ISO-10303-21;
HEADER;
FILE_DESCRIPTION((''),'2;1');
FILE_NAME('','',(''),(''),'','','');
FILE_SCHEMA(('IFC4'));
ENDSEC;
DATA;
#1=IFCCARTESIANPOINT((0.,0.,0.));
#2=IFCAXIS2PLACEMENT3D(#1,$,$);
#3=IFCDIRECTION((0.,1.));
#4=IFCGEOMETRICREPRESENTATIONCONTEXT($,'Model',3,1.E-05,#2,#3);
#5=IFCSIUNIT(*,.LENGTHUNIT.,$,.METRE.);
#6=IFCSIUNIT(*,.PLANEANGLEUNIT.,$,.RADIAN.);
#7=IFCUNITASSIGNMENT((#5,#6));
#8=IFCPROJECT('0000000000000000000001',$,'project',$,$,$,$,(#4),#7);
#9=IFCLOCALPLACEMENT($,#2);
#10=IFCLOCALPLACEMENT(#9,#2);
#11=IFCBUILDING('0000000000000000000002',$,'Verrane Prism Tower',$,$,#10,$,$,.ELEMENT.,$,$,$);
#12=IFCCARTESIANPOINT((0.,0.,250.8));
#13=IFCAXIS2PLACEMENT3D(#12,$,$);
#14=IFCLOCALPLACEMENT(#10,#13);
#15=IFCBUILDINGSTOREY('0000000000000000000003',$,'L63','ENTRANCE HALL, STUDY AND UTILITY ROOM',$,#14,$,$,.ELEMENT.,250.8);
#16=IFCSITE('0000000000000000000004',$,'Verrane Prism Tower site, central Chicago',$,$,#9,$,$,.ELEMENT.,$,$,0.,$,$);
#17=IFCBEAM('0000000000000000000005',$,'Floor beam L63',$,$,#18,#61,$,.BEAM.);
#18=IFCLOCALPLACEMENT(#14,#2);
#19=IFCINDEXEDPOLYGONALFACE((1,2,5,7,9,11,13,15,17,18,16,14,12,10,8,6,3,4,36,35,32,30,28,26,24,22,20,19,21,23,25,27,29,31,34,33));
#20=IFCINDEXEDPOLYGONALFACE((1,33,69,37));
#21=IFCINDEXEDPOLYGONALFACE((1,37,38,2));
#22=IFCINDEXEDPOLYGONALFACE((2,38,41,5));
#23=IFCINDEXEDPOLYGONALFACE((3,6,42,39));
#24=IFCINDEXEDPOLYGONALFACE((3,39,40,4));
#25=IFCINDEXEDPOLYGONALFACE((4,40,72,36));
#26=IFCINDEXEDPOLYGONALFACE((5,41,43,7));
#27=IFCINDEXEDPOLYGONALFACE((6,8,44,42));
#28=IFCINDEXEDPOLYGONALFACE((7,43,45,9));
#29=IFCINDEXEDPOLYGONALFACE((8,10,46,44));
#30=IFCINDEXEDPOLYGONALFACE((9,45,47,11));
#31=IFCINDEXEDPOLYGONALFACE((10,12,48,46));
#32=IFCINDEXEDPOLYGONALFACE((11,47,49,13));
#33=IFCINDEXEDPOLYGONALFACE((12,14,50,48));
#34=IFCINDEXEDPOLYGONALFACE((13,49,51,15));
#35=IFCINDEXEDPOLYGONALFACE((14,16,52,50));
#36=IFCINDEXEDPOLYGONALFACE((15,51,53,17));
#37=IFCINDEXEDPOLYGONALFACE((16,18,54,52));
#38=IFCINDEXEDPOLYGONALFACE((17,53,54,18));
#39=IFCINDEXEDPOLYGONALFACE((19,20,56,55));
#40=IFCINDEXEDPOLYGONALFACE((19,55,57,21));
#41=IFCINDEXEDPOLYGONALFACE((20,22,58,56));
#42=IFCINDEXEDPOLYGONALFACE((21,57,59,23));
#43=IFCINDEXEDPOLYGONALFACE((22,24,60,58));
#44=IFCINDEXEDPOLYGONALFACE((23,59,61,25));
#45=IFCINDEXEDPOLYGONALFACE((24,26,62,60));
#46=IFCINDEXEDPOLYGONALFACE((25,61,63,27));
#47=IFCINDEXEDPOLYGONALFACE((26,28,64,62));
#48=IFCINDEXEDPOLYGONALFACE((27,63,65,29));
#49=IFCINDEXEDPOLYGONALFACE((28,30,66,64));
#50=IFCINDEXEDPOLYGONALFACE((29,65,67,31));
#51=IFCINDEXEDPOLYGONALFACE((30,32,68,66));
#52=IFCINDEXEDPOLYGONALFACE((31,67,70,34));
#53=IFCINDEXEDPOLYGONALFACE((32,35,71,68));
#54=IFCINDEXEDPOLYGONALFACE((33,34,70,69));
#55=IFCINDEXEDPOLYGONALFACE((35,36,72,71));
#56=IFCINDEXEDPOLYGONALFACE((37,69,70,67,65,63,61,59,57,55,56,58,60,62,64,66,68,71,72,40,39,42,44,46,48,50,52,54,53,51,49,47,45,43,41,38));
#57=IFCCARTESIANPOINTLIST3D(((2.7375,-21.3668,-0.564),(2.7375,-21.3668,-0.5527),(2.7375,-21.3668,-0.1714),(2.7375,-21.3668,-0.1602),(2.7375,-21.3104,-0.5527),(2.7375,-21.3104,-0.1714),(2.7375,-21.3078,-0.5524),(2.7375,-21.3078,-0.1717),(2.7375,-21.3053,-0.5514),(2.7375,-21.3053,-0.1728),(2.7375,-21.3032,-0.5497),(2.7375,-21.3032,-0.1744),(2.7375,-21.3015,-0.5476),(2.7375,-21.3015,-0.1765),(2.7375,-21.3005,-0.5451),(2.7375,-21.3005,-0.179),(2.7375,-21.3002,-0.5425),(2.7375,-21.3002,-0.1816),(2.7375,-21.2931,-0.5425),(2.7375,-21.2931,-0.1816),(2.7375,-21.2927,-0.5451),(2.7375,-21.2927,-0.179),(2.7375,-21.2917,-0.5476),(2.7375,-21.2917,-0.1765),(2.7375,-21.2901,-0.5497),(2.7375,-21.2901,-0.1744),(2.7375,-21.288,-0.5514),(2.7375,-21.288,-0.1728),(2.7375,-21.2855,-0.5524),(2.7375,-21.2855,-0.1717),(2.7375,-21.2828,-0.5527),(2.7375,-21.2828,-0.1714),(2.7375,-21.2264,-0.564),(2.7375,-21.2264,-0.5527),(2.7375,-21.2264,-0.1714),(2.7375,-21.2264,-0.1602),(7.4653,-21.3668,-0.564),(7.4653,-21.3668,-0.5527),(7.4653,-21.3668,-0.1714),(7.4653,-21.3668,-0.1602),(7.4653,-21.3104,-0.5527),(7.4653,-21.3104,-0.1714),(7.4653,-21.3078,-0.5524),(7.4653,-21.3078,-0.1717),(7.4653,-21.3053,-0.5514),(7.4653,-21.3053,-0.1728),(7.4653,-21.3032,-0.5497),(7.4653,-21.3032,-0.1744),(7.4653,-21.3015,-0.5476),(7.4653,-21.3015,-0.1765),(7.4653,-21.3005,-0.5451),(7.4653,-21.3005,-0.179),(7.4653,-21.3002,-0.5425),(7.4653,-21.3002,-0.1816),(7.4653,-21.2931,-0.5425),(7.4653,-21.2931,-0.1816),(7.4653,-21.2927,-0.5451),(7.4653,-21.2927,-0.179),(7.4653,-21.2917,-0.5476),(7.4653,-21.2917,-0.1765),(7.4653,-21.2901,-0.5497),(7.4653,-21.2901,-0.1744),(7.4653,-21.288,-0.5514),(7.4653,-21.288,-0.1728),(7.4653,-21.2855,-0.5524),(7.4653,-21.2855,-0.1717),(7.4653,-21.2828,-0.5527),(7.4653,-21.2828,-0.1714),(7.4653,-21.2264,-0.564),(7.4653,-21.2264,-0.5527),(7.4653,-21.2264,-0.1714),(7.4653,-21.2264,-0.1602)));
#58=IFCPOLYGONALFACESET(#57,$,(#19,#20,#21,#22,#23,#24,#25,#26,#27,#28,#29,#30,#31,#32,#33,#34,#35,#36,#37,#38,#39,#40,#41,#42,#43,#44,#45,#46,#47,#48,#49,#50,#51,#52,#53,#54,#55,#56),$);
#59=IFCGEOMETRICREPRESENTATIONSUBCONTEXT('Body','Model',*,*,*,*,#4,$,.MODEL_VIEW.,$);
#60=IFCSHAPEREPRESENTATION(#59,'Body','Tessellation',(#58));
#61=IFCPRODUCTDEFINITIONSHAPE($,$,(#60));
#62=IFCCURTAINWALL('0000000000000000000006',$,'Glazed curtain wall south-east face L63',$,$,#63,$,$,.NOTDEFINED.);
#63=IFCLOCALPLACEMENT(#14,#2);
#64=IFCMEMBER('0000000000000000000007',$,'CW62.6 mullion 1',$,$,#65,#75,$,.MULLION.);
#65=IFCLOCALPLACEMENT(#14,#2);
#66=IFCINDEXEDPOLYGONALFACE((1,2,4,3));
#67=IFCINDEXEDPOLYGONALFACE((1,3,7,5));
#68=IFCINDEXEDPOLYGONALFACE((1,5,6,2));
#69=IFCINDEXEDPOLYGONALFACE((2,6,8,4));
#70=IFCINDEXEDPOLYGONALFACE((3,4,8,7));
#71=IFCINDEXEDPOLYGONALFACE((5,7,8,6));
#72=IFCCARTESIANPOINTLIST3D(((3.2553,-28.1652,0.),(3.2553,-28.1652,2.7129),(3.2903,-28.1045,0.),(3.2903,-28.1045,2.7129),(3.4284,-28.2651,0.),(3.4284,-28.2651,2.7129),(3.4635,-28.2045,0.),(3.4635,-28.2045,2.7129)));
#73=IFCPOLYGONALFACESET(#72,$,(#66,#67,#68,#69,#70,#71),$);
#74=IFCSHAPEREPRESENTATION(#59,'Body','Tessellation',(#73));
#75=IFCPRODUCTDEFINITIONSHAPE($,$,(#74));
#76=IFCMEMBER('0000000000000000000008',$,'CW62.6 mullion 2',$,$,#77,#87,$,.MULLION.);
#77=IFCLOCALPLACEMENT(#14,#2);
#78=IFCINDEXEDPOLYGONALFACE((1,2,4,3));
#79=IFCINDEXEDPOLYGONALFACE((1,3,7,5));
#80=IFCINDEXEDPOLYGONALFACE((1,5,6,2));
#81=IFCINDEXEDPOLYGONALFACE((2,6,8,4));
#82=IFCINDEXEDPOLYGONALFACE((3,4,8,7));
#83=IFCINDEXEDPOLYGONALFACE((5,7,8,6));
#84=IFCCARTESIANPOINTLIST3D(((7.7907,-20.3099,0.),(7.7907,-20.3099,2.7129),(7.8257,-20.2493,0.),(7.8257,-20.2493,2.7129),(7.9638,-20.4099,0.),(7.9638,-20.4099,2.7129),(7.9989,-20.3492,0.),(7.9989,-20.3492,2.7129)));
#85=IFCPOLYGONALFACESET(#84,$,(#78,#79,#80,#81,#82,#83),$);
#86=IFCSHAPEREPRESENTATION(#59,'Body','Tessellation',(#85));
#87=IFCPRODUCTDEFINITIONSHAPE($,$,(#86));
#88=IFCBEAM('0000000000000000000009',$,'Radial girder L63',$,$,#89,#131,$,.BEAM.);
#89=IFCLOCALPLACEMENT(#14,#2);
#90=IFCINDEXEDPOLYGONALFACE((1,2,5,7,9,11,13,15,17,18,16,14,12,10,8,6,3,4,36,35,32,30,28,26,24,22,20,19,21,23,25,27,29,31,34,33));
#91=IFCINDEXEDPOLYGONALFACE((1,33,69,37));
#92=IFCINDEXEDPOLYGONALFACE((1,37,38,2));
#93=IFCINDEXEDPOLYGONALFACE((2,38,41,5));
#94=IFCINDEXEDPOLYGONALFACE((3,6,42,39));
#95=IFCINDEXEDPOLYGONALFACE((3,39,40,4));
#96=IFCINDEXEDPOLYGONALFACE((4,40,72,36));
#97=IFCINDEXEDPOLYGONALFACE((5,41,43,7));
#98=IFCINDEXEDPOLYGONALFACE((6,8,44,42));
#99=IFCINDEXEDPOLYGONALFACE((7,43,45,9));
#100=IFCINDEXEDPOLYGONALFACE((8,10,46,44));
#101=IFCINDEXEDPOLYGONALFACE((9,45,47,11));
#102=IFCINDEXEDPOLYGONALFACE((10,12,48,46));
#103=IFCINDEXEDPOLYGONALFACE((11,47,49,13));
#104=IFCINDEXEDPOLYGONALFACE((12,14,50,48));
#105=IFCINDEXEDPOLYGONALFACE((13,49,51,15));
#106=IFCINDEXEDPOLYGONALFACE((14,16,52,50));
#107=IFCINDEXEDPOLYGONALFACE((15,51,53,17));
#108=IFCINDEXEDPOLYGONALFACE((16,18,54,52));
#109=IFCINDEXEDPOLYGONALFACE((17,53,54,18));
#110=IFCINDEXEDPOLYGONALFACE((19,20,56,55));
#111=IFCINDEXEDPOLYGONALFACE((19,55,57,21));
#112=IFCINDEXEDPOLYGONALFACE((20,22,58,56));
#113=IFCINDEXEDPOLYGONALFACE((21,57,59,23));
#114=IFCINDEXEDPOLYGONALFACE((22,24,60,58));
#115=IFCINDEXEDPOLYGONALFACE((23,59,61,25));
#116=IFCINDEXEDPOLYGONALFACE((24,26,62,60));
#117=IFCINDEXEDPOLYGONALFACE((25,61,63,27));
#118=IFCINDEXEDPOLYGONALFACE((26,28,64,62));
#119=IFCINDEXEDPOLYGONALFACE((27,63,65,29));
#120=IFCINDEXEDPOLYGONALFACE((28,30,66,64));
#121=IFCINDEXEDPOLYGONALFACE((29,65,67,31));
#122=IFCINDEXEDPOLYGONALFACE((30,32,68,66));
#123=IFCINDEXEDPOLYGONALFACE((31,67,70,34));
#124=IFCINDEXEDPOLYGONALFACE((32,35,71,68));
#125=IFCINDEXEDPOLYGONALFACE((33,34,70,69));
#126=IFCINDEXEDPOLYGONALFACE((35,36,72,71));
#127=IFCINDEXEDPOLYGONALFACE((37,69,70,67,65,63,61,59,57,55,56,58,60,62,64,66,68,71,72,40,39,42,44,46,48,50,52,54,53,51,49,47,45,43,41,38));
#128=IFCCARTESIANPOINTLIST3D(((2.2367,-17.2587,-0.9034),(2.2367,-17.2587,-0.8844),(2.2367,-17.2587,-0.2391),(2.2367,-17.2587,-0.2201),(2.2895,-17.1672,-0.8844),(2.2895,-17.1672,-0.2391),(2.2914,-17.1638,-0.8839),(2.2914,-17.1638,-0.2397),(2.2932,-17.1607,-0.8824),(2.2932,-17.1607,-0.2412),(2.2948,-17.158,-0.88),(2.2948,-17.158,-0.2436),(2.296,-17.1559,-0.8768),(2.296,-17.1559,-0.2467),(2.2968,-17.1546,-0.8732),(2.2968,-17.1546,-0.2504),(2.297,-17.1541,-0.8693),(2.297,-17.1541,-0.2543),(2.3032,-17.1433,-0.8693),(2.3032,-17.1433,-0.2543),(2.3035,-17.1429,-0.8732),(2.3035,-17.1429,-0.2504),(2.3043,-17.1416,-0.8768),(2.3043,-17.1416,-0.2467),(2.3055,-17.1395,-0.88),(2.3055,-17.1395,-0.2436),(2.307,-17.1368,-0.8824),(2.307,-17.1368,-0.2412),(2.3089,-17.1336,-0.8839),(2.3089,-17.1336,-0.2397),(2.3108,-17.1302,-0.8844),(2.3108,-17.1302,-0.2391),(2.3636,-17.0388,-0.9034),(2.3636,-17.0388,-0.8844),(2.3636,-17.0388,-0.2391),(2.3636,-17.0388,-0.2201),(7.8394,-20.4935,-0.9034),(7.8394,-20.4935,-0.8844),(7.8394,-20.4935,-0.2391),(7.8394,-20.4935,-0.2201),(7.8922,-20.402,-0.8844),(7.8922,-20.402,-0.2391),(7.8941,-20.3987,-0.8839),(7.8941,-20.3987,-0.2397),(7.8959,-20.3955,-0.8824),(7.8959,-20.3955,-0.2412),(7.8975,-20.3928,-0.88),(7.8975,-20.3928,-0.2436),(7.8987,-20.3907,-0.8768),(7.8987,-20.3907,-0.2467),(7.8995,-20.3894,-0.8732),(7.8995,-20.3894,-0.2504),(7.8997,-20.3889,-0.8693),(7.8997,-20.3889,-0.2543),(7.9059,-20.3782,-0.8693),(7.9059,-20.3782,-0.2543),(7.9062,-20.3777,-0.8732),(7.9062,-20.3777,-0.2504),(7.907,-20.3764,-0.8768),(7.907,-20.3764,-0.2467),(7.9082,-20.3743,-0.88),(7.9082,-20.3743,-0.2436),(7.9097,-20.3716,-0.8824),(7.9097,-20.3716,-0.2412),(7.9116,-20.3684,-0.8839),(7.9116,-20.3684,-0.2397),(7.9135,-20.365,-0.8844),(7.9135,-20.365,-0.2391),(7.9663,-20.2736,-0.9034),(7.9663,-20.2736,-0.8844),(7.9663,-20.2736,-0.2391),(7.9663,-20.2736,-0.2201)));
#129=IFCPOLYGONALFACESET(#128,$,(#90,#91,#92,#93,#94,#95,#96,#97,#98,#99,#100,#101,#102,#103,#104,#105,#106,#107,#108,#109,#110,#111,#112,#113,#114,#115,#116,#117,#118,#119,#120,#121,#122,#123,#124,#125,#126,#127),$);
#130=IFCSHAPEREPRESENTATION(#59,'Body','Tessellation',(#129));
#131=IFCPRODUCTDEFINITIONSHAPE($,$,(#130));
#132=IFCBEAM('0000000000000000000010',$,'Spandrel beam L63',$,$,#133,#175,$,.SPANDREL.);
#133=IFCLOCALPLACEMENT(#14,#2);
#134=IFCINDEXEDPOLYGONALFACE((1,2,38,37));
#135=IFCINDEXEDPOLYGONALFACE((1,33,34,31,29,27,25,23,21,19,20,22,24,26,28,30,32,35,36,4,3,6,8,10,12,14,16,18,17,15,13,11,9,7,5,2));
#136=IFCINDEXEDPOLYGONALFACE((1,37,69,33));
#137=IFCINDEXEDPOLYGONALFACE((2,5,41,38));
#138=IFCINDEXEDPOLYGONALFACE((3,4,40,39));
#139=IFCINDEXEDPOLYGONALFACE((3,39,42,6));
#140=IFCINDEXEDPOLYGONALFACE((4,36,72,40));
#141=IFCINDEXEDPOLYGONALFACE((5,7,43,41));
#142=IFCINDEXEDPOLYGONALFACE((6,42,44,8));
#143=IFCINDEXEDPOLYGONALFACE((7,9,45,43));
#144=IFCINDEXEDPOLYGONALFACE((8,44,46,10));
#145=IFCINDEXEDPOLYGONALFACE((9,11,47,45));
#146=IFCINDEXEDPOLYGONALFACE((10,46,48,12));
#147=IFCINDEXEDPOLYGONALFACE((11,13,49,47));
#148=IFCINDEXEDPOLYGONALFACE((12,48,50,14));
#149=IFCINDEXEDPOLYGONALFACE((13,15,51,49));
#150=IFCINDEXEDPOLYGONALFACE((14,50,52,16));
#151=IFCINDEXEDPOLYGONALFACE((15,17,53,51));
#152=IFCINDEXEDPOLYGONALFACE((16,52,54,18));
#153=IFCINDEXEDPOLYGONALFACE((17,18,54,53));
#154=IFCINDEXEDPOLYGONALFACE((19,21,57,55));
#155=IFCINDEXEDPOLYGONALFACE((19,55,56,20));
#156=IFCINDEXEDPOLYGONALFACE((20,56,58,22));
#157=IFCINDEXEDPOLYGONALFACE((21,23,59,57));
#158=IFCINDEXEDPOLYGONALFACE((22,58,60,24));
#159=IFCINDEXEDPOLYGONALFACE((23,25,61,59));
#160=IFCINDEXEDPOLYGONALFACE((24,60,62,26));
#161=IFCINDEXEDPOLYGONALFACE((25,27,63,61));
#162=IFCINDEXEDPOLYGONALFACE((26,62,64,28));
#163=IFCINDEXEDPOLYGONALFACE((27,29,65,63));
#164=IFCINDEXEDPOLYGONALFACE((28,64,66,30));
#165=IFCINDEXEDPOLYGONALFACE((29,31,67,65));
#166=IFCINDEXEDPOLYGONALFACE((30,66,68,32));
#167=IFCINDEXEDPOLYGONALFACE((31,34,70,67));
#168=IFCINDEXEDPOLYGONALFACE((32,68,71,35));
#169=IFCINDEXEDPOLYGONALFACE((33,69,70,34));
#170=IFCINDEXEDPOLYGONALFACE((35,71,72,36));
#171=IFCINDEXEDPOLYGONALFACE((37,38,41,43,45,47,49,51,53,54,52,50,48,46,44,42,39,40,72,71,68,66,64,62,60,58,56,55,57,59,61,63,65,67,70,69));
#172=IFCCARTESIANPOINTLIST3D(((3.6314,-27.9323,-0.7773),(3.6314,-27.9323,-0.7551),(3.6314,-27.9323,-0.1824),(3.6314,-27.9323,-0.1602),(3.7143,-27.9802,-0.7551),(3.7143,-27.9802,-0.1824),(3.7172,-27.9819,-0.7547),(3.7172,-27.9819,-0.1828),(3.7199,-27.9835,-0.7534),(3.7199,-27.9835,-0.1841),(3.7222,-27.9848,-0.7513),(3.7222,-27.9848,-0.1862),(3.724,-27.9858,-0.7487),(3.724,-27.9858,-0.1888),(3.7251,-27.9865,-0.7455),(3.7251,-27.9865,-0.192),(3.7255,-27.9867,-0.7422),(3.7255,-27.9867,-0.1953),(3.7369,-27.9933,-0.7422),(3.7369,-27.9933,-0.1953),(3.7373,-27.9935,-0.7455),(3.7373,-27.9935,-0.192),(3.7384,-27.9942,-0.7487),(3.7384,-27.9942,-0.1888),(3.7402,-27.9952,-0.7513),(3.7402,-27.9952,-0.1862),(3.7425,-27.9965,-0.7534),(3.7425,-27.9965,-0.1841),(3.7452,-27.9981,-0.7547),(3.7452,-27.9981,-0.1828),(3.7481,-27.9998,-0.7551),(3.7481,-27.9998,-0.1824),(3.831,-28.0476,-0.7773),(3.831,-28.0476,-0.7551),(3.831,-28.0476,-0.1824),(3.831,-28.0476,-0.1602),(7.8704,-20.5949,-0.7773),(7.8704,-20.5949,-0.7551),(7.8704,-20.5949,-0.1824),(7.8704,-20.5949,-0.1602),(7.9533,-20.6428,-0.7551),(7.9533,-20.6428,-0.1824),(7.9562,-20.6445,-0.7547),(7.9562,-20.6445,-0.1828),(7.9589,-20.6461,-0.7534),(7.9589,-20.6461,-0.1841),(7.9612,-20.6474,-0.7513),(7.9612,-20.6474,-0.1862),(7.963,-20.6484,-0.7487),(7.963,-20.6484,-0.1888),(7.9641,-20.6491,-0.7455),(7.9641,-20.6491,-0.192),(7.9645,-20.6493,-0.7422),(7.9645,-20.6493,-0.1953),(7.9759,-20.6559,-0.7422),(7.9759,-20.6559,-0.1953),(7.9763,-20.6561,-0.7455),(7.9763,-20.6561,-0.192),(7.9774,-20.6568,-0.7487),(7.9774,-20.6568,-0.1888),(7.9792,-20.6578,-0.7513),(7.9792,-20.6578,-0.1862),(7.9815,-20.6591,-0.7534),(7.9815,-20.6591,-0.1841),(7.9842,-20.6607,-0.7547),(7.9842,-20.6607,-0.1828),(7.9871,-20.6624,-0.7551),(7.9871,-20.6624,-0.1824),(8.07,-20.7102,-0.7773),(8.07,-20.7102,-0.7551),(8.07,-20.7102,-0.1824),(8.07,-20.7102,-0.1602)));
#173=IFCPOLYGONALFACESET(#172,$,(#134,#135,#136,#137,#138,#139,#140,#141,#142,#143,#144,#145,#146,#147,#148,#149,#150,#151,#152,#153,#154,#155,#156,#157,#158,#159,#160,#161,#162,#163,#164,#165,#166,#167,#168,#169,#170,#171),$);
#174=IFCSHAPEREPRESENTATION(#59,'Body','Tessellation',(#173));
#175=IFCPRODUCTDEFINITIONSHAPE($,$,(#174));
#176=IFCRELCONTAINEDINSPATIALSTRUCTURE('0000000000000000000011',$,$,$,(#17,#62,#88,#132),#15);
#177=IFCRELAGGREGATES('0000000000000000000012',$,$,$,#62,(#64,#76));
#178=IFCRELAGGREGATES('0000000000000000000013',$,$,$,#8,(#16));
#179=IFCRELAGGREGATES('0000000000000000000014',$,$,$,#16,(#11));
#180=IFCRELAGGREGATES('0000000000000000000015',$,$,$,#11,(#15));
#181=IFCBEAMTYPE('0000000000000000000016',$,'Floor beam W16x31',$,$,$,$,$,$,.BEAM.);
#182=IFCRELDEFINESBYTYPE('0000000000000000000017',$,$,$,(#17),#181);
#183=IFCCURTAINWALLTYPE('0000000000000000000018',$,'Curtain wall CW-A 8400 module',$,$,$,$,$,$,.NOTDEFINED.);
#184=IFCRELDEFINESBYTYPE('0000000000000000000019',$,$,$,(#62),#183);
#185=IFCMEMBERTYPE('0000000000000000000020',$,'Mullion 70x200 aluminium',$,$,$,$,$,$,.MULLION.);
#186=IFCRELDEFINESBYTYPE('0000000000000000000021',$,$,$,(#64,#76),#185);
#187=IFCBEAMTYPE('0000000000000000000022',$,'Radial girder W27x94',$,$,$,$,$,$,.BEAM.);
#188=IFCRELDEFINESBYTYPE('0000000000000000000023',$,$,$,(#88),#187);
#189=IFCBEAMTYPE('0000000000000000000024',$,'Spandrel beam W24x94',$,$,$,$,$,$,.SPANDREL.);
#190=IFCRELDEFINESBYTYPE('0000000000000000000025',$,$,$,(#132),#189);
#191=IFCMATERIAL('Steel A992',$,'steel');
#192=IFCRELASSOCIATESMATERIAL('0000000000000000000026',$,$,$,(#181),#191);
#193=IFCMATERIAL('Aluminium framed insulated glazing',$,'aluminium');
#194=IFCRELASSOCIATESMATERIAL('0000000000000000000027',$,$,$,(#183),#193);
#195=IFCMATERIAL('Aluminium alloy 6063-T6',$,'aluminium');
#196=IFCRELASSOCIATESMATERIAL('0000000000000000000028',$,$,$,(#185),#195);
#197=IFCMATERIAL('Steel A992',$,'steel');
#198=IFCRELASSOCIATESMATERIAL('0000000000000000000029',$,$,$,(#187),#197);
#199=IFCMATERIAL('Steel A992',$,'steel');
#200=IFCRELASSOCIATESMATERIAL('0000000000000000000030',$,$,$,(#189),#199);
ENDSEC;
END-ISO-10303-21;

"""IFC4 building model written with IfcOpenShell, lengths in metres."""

from ifc_helpers import new_model, si_unit, direction, frame, origin, origin_2d, place, context, subcontext, project, spatial, rectangle, i_section, extrude, material, material_profile, profile_set, type_object, element, aggregate, save


model = new_model("IFC4")

# Units and contexts
model_context = context("Model", 3, precision=1e-05, world=origin(), true_north=direction((0.0, 1.0)))
body_context = subcontext(model_context, "Body", "Model", "MODEL_VIEW")
ifc_project = project(units=[si_unit("LENGTHUNIT", "METRE"), si_unit("PLANEANGLEUNIT", "RADIAN")], contexts=[model_context])

# Site, building, storey
site_placement = place(None, origin())
site = spatial("IfcSite", under=ifc_project, at=site_placement, Name="Verrane Prism Tower site, central Chicago", CompositionType="ELEMENT", RefElevation=0.0)
building_placement = place(site_placement, origin())
building = spatial("IfcBuilding", under=site, at=building_placement, Name="Verrane Prism Tower", CompositionType="ELEMENT")
storey_placement = place(building_placement, frame((0.0, 0.0, 250.8)))
storey = spatial("IfcBuildingStorey", under=building, at=storey_placement, Name="L63", Description="ENTRANCE HALL, STUDY AND UTILITY ROOM", CompositionType="ELEMENT", Elevation=250.8)

# Beam
ifc_material_1 = material(Name="Steel A992", Category="steel")
ifc_material_profile_1 = material_profile(ifc_material_1, i_section(OverallWidth=0.1404, OverallDepth=0.4038, WebThickness=0.0071, FlangeThickness=0.0112, FilletRadius=0.0103, at=origin_2d()), Name="W16x31")
ifc_profile_set_1 = profile_set([ifc_material_profile_1], Name="Steel A992")
beam_type_1 = type_object("IfcBeamType", Name="Floor beam W16x31", PredefinedType="BEAM", material=ifc_profile_set_1)
beam_1_placement = place(storey_placement, frame((2.7375, -21.2966, -0.3621), z_axis=(1.0, 0.0, 0.0), x_axis=(0.0, 1.0, 0.0)))
element("IfcBeam", 1, at=beam_1_placement, inside=storey, type_object=beam_type_1, Name="Floor beam L63", PredefinedType="BEAM", context=body_context, shape_type="SweptSolid", body=[
    extrude(i_section(OverallWidth=0.1404, OverallDepth=0.4038, WebThickness=0.0071, FlangeThickness=0.0112, FilletRadius=0.0103, at=origin_2d()), origin(), (0.0, 0.0, 1.0), 4.7278),
])

# Curtain wall, members
ifc_material_2 = material(Name="Aluminium framed insulated glazing", Category="aluminium")
curtain_wall_type_1 = type_object("IfcCurtainWallType", Name="Curtain wall CW-A 8400 module", PredefinedType="NOTDEFINED", material=ifc_material_2)
curtain_wall_1_placement = place(storey_placement, origin())
curtain_wall_1 = element("IfcCurtainWall", 2, at=curtain_wall_1_placement, inside=storey, type_object=curtain_wall_type_1, Name="Glazed curtain wall south-east face L63", PredefinedType="NOTDEFINED")
ifc_material_3 = material(Name="Aluminium alloy 6063-T6", Category="aluminium")
ifc_material_profile_2 = material_profile(ifc_material_3, rectangle(XDim=0.2, YDim=0.0701, at=origin_2d()), Name="Mullion 70x200 aluminium")
ifc_profile_set_2 = profile_set([ifc_material_profile_2], Name="Aluminium alloy 6063-T6")
member_type_1 = type_object("IfcMemberType", Name="Mullion 70x200 aluminium", PredefinedType="MULLION", material=ifc_profile_set_2)
member_1_placement = place(storey_placement, frame((3.3594, -28.1848, 0.0), z_axis=(0.0, 0.0, 1.0), x_axis=(-0.866026, 0.5, 0.0)))
member_1 = element("IfcMember", 3, at=member_1_placement, type_object=member_type_1, Name="CW62.6 mullion 1", PredefinedType="MULLION", context=body_context, shape_type="SweptSolid", body=[
    extrude(rectangle(XDim=0.2, YDim=0.0701, at=origin_2d()), origin(), (0.0, 0.0, 1.0), 2.7129),
])
member_2_placement = place(storey_placement, frame((7.8948, -20.3296, 0.0), z_axis=(0.0, 0.0, 1.0), x_axis=(-0.866026, 0.5, 0.0)))
member_2 = element("IfcMember", 4, at=member_2_placement, type_object=member_type_1, Name="CW62.6 mullion 2", PredefinedType="MULLION", context=body_context, shape_type="SweptSolid", body=[
    extrude(rectangle(XDim=0.2, YDim=0.0701, at=origin_2d()), origin(), (0.0, 0.0, 1.0), 2.7129),
])

# Beams
ifc_material_4 = material(Name="Steel A992", Category="steel")
ifc_material_profile_3 = material_profile(ifc_material_4, i_section(OverallWidth=0.2539, OverallDepth=0.6833, WebThickness=0.0125, FlangeThickness=0.019, FilletRadius=0.0151, at=origin_2d()), Name="W27x94")
ifc_profile_set_3 = profile_set([ifc_material_profile_3], Name="Steel A992")
beam_type_2 = type_object("IfcBeamType", Name="Radial girder W27x94", PredefinedType="BEAM", material=ifc_profile_set_3)
beam_2_placement = place(storey_placement, frame((7.9028, -20.3835, -0.5618), z_axis=(-0.866019, 0.500011, 0.0), x_axis=(-0.500011, -0.866019, 0.0)))
element("IfcBeam", 5, at=beam_2_placement, inside=storey, type_object=beam_type_2, Name="Radial girder L63", PredefinedType="BEAM", context=body_context, shape_type="SweptSolid", body=[
    extrude(i_section(OverallWidth=0.2539, OverallDepth=0.6833, WebThickness=0.0125, FlangeThickness=0.019, FilletRadius=0.0151, at=origin_2d()), origin(), (0.0, 0.0, 1.0), 6.4695),
])
ifc_material_5 = material(Name="Steel A992", Category="steel")
ifc_material_profile_4 = material_profile(ifc_material_5, i_section(OverallWidth=0.2305, OverallDepth=0.6172, WebThickness=0.0132, FlangeThickness=0.0222, FilletRadius=0.0129, at=origin_2d()), Name="W24x94")
ifc_profile_set_4 = profile_set([ifc_material_profile_4], Name="Steel A992")
beam_type_3 = type_object("IfcBeamType", Name="Spandrel beam W24x94", PredefinedType="SPANDREL", material=ifc_profile_set_4)
beam_3_placement = place(storey_placement, frame((3.7312, -27.99, -0.4688), z_axis=(0.500244, 0.865884, 0.0), x_axis=(-0.865884, 0.500244, 0.0)))
element("IfcBeam", 6, at=beam_3_placement, inside=storey, type_object=beam_type_3, Name="Spandrel beam L63", PredefinedType="SPANDREL", context=body_context, shape_type="SweptSolid", body=[
    extrude(i_section(OverallWidth=0.2305, OverallDepth=0.6172, WebThickness=0.0132, FlangeThickness=0.0222, FilletRadius=0.0129, at=origin_2d()), origin(), (0.0, 0.0, 1.0), 8.4739),
])

aggregate(curtain_wall_1, [member_1, member_2])

save(model, "model.ifc")
